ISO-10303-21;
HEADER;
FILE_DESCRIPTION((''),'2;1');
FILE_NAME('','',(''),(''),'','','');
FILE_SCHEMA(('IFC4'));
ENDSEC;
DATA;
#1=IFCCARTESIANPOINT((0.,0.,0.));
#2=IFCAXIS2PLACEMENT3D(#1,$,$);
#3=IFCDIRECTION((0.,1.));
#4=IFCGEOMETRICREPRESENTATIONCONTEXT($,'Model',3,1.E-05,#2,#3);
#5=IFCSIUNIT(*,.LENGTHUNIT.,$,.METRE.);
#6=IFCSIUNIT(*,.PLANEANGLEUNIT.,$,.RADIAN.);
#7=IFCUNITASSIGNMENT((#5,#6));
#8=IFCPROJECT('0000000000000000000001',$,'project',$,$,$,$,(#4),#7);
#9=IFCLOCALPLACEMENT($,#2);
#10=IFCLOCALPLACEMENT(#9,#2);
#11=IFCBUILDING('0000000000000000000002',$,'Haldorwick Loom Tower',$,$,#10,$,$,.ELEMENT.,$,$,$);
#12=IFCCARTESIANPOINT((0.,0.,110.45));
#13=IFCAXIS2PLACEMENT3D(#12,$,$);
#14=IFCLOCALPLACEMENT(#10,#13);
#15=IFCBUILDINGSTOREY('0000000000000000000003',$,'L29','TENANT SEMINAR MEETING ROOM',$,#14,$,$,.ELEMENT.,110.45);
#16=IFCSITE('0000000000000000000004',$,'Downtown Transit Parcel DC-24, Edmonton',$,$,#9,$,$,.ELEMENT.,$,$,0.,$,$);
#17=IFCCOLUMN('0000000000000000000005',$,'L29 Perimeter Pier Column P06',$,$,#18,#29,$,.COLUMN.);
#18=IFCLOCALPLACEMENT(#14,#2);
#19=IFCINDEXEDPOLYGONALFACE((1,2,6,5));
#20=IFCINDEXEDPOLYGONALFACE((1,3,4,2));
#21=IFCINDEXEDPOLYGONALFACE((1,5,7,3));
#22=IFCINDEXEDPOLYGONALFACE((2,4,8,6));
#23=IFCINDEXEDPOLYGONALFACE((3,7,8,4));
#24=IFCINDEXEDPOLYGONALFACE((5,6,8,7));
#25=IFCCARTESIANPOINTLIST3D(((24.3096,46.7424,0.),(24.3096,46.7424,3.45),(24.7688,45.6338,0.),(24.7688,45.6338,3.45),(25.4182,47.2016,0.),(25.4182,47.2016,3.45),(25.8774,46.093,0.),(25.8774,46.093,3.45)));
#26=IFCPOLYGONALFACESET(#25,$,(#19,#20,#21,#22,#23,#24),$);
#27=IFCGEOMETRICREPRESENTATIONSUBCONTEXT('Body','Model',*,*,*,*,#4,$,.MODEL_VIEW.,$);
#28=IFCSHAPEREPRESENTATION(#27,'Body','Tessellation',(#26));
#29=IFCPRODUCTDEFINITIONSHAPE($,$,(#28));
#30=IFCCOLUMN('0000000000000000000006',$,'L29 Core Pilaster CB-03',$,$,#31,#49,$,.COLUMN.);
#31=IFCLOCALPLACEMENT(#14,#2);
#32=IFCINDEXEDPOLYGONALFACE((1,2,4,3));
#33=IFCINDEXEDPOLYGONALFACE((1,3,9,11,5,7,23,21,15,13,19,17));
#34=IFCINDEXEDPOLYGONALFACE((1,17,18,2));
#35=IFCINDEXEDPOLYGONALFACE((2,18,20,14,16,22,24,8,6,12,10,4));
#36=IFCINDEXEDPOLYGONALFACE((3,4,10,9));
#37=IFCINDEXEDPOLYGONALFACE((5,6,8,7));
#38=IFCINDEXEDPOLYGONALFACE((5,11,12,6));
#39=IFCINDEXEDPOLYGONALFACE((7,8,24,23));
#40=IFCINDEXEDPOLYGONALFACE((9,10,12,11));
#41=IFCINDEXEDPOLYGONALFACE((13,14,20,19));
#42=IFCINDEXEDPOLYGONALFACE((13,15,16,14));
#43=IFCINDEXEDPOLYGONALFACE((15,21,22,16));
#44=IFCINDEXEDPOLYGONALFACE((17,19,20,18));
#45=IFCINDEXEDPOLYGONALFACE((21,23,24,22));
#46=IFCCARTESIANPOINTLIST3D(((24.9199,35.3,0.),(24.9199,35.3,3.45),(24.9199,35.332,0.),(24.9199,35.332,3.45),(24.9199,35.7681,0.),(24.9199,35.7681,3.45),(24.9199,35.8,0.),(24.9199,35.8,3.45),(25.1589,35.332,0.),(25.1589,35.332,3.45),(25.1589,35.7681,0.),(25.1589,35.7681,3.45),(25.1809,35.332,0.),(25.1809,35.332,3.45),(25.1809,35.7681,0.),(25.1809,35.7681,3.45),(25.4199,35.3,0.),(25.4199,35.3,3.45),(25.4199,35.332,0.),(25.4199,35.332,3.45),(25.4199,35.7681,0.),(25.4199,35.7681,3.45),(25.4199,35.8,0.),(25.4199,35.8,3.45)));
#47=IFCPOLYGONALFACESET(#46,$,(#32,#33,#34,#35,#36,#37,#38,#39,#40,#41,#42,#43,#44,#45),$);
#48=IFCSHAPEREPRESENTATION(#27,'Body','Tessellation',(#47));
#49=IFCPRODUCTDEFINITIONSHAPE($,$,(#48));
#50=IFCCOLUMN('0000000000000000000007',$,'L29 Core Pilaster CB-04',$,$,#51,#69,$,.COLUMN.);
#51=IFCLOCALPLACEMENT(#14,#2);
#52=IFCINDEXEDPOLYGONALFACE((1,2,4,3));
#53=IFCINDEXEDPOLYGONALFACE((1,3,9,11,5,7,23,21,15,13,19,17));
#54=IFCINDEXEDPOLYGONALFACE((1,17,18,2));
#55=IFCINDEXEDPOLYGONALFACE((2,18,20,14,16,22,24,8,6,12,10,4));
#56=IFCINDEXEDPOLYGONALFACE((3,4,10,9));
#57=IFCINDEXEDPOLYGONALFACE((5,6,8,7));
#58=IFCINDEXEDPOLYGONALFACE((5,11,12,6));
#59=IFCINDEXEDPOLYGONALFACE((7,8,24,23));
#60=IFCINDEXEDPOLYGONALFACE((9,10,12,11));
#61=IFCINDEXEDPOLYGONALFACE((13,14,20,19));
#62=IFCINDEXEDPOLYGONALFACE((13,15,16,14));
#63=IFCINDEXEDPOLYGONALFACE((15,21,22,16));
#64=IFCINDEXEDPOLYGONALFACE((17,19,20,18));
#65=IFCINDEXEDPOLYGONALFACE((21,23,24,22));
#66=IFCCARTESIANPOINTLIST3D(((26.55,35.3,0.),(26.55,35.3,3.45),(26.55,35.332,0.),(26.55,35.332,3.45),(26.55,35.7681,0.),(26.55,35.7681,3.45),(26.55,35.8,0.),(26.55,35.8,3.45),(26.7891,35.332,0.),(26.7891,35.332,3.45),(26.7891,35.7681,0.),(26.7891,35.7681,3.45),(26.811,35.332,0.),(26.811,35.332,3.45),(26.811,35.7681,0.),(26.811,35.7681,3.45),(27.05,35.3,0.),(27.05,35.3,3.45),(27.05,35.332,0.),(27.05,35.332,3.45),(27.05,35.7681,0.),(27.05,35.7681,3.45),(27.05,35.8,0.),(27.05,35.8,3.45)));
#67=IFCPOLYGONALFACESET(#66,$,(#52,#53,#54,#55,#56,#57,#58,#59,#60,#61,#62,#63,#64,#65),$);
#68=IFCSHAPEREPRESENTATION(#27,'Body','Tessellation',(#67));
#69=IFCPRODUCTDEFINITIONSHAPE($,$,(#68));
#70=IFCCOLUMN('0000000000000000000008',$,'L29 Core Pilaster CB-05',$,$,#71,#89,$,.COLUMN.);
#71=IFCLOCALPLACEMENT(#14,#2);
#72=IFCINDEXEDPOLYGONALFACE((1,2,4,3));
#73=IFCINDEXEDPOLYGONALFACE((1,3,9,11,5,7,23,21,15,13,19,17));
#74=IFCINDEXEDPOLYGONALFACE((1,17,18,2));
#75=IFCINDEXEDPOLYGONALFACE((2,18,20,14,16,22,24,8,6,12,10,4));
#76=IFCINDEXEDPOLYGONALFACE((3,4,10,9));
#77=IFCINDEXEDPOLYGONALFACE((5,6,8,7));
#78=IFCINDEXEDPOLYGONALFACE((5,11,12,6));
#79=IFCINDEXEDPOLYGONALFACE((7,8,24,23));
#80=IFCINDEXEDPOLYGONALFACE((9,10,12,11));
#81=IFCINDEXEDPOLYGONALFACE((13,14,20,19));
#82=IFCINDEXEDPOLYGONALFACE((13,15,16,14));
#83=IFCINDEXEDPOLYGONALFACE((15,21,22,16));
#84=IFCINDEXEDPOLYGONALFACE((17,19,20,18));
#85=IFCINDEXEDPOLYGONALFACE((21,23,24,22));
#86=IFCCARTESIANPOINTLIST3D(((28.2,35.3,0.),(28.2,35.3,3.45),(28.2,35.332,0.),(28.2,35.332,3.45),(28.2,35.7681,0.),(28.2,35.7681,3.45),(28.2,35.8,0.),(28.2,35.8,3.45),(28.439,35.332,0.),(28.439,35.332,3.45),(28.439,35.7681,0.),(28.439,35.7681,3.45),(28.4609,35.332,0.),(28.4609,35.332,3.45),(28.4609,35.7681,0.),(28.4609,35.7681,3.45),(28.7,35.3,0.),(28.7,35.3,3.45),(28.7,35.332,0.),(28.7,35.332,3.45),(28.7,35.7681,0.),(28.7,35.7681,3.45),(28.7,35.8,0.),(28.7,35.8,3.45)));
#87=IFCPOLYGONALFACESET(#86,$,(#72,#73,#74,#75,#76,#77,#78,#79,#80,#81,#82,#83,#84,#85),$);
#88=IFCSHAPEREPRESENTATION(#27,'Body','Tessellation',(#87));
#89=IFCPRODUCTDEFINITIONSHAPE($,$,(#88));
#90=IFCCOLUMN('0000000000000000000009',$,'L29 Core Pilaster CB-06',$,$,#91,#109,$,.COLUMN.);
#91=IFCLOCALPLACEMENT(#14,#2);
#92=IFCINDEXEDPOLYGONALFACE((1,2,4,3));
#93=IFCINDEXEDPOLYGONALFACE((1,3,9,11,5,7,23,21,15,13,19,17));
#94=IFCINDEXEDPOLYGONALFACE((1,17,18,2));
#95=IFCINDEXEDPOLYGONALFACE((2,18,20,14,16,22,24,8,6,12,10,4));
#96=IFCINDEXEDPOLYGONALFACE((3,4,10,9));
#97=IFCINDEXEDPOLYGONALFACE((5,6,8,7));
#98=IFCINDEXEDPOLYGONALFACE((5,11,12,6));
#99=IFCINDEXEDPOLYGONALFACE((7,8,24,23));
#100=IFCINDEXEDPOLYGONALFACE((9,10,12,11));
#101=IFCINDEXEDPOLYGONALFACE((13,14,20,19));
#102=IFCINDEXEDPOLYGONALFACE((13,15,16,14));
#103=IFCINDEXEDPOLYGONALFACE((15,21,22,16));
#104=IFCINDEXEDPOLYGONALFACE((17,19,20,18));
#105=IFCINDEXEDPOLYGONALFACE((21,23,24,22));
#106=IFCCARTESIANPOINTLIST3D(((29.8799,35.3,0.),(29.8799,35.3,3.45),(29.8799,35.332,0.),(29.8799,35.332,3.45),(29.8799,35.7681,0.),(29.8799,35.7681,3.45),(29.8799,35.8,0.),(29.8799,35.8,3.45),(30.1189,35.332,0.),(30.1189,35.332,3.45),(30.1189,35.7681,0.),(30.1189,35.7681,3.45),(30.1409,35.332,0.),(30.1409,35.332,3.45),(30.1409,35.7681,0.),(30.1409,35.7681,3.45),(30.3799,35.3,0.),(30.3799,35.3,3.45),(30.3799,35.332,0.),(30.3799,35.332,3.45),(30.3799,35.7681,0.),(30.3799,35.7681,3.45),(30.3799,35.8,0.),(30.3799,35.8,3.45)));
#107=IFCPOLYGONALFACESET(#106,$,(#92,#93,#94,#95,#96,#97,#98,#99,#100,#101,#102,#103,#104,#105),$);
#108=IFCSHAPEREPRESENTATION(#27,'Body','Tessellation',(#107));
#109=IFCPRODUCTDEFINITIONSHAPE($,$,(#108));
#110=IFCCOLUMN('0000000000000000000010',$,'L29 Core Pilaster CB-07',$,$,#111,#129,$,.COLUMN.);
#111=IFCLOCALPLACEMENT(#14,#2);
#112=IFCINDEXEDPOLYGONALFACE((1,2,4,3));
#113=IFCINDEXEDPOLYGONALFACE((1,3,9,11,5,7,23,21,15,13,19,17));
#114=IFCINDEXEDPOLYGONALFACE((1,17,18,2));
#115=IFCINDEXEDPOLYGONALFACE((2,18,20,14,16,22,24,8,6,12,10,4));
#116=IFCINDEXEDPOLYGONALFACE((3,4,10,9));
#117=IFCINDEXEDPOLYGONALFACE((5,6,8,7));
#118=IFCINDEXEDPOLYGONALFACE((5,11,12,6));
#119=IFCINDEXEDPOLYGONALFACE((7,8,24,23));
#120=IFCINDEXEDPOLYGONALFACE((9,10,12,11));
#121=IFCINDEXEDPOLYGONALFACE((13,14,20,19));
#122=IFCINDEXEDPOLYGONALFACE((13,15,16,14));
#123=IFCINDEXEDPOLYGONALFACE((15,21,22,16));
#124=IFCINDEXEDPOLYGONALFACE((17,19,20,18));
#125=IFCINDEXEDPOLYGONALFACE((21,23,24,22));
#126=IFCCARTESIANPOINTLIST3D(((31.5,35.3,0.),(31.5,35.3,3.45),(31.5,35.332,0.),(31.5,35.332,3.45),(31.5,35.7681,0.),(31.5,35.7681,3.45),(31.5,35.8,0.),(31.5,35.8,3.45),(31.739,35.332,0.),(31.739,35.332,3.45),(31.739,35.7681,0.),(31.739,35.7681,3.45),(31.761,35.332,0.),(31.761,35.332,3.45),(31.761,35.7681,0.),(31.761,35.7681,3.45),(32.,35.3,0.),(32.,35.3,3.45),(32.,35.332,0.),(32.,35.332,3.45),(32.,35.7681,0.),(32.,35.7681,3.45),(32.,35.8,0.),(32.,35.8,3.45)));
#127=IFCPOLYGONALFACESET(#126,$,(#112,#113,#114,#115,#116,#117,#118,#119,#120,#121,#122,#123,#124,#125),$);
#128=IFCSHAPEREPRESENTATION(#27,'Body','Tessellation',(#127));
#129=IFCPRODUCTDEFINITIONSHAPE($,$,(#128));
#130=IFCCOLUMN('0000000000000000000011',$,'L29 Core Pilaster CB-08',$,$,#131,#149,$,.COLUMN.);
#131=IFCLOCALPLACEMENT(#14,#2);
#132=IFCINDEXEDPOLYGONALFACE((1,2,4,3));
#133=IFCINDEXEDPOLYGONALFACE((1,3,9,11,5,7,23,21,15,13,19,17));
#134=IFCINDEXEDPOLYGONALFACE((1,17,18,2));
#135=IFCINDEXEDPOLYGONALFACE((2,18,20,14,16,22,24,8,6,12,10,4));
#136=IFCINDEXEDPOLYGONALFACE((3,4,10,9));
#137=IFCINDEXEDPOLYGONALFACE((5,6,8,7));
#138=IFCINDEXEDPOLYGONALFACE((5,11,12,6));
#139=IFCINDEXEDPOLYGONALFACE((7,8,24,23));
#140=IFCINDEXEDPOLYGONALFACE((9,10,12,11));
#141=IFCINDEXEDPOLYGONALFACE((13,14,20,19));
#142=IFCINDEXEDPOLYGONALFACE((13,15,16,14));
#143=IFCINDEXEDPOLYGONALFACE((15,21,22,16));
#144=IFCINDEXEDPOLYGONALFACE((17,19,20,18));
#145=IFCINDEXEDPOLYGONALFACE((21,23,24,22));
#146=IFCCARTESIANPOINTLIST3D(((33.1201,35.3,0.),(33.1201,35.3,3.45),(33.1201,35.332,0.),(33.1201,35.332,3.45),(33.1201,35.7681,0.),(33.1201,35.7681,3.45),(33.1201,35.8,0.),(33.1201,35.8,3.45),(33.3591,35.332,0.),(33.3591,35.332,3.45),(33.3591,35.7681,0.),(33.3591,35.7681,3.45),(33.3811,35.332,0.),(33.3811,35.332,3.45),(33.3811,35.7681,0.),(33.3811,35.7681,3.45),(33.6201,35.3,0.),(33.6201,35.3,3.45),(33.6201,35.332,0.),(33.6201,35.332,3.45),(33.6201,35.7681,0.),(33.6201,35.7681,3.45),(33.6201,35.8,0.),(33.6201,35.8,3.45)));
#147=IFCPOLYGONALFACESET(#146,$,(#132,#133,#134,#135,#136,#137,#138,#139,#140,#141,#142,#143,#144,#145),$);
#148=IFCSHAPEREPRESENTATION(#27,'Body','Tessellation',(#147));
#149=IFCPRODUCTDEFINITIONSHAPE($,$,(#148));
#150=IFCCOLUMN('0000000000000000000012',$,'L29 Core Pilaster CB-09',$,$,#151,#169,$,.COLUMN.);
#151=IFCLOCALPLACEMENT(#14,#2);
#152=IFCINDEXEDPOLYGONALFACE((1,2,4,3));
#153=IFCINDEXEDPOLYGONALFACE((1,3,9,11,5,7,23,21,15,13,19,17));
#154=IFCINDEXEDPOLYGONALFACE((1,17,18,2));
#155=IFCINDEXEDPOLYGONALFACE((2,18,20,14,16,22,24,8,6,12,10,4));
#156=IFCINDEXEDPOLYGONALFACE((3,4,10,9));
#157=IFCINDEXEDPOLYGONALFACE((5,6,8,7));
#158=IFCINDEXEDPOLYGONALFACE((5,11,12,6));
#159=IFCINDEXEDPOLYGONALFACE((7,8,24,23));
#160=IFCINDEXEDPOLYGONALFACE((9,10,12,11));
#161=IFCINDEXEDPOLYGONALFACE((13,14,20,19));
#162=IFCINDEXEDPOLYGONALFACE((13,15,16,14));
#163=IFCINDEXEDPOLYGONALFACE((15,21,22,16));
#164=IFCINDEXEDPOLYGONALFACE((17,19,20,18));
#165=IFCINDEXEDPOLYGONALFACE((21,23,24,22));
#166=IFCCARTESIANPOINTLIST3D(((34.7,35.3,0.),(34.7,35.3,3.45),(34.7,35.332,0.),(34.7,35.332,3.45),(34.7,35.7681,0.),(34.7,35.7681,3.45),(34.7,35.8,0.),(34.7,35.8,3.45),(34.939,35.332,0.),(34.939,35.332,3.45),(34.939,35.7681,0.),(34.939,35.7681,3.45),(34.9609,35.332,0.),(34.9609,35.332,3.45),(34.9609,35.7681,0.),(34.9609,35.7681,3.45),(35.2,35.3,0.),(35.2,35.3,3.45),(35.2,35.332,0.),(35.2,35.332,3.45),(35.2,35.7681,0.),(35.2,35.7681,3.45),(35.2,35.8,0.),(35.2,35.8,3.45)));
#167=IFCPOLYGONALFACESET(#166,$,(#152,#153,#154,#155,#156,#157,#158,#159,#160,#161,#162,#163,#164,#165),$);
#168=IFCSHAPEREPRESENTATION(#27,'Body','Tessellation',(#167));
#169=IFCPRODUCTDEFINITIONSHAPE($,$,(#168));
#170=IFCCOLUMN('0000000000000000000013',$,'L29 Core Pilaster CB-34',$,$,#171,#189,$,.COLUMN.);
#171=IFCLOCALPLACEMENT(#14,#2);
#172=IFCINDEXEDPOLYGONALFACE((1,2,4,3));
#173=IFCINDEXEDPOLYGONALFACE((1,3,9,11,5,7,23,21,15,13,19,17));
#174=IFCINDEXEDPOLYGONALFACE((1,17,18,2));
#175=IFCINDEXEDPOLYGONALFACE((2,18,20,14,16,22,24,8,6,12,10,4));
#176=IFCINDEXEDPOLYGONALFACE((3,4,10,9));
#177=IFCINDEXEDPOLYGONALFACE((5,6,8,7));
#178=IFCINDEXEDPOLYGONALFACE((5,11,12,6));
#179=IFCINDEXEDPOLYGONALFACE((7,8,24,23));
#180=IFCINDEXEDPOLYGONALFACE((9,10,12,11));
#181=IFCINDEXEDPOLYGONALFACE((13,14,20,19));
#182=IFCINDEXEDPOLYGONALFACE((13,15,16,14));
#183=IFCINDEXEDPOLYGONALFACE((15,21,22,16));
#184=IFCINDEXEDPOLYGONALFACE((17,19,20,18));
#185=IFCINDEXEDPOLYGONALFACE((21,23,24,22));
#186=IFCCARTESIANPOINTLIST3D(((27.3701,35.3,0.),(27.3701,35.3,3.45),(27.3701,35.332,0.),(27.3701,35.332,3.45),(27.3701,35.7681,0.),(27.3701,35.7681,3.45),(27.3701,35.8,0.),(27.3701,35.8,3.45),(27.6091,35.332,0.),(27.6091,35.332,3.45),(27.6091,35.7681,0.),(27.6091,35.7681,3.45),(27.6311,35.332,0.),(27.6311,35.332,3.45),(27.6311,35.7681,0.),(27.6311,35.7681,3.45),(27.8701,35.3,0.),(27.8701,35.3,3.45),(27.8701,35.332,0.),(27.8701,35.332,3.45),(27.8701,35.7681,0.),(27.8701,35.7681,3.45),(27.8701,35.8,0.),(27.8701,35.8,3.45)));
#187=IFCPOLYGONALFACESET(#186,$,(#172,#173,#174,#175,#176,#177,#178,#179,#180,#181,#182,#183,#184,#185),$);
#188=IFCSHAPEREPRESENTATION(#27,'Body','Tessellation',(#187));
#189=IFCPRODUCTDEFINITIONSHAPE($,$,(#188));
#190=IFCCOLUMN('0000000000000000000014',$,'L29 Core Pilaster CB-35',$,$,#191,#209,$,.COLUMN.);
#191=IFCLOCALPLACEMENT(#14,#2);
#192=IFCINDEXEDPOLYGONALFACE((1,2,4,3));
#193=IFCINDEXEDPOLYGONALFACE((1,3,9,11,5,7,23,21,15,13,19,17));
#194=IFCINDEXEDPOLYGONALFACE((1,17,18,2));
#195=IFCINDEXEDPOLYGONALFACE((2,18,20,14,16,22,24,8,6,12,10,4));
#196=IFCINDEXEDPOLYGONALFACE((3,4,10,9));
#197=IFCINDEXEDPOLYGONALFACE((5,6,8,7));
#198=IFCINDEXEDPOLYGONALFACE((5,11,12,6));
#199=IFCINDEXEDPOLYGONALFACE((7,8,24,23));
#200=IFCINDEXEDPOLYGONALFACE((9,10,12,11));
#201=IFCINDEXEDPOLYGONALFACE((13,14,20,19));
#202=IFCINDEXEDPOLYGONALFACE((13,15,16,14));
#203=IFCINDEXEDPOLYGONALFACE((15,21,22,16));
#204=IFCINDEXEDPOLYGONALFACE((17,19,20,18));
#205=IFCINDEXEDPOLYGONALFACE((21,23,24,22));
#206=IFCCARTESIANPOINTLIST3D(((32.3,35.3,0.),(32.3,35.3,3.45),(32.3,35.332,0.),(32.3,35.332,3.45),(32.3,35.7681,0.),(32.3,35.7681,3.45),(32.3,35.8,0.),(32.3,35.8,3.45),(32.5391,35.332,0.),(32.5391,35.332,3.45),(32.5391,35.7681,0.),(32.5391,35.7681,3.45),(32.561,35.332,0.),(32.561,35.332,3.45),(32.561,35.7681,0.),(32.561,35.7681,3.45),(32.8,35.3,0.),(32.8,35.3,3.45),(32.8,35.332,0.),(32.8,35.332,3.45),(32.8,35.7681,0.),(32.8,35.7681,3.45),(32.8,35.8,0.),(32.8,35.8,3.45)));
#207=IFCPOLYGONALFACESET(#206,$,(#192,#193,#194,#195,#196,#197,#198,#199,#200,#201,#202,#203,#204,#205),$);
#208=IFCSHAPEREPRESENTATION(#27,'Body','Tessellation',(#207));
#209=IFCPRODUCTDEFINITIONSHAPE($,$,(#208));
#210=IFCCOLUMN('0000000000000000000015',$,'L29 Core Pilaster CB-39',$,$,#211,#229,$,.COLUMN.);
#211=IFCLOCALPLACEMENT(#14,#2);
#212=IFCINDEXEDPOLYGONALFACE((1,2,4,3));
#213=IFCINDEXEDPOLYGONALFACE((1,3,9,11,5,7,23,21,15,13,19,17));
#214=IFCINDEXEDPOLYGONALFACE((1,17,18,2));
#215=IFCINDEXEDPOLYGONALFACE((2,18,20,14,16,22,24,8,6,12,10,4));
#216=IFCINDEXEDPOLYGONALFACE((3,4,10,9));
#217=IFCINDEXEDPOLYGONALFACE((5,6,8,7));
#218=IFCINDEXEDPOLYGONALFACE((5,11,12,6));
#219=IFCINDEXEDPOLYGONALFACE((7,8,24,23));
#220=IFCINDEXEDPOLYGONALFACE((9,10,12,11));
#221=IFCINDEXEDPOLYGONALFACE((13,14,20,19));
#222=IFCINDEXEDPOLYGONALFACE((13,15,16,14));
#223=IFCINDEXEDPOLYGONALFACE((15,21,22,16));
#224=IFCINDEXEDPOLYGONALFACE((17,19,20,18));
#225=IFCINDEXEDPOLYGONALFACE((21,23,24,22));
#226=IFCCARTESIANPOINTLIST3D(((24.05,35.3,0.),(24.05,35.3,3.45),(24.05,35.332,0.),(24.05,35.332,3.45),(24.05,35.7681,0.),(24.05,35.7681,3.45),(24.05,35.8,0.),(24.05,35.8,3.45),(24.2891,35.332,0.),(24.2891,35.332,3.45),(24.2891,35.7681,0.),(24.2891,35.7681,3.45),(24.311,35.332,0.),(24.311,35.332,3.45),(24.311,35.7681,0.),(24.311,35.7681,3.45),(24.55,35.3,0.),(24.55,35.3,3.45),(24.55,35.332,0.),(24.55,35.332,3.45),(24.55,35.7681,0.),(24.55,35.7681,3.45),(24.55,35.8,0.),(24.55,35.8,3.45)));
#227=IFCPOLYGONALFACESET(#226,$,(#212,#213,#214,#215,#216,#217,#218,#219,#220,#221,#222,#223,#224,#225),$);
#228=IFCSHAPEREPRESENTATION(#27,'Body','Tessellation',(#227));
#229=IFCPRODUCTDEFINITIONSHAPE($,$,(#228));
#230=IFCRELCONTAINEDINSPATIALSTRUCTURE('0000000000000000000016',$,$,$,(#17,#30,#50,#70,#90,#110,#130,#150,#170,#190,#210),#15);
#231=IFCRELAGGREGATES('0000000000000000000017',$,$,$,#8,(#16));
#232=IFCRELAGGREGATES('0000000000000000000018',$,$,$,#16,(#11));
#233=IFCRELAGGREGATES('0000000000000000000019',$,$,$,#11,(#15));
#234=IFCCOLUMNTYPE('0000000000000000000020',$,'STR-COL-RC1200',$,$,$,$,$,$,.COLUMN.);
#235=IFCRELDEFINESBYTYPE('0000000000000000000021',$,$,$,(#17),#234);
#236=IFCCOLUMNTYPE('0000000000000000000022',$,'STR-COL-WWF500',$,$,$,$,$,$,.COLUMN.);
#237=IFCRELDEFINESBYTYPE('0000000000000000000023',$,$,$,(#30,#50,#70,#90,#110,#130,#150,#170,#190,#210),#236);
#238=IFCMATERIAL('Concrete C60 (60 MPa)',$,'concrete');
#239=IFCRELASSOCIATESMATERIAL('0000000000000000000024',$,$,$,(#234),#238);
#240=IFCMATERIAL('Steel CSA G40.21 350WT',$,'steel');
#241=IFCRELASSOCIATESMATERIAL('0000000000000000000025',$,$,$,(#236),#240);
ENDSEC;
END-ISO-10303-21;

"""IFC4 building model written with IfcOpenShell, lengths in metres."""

from ifc_helpers import new_model, si_unit, direction, frame, origin, origin_2d, place, context, subcontext, project, spatial, rectangle, i_section, extrude, material, material_profile, profile_set, type_object, element, save


model = new_model("IFC4")

# Units and contexts
model_context = context("Model", 3, precision=1e-05, world=origin(), true_north=direction((0.0, 1.0)))
body_context = subcontext(model_context, "Body", "Model", "MODEL_VIEW")
ifc_project = project(units=[si_unit("LENGTHUNIT", "METRE"), si_unit("PLANEANGLEUNIT", "RADIAN")], contexts=[model_context])

# Site, building, storey
site_placement = place(None, origin())
site = spatial("IfcSite", under=ifc_project, at=site_placement, Name="Downtown Transit Parcel DC-24, Edmonton", CompositionType="ELEMENT", RefElevation=0.0)
building_placement = place(site_placement, origin())
building = spatial("IfcBuilding", under=site, at=building_placement, Name="Haldorwick Loom Tower", CompositionType="ELEMENT")
storey_placement = place(building_placement, frame((0.0, 0.0, 110.45)))
storey = spatial("IfcBuildingStorey", under=building, at=storey_placement, Name="L29", Description="TENANT SEMINAR MEETING ROOM", CompositionType="ELEMENT", Elevation=110.45)

# Columns
ifc_material_1 = material(Name="Concrete C60 (60 MPa)", Category="concrete")
ifc_material_profile_1 = material_profile(ifc_material_1, rectangle(XDim=1.2, YDim=1.2, at=origin_2d()), Name="RC1200X1200", Category="concrete")
ifc_profile_set_1 = profile_set([ifc_material_profile_1], Name="Concrete C60 (60 MPa)")
column_type_1 = type_object("IfcColumnType", Name="STR-COL-RC1200", PredefinedType="COLUMN", material=ifc_profile_set_1)
column_placement = place(storey_placement, frame((25.0935, 46.4177, 0.0), z_axis=(0.0, 0.0, 1.0), x_axis=(-0.382683, 0.92388, 0.0)))
element("IfcColumn", 1, at=column_placement, inside=storey, type_object=column_type_1, Name="L29 Perimeter Pier Column P06", PredefinedType="COLUMN", context=body_context, shape_type="SweptSolid", body=[
    extrude(rectangle(XDim=1.2, YDim=1.2, at=origin_2d()), origin(), (0.0, 0.0, 1.0), 3.45),
])
ifc_material_2 = material(Name="Steel CSA G40.21 350WT", Category="steel")
ifc_material_profile_2 = material_profile(ifc_material_2, i_section(OverallWidth=0.5, OverallDepth=0.5, WebThickness=0.022, FlangeThickness=0.032, at=origin_2d()), Name="WWF500X500", Category="steel")
ifc_profile_set_2 = profile_set([ifc_material_profile_2], Name="Steel CSA G40.21 350WT")
column_type_2 = type_object("IfcColumnType", Name="STR-COL-WWF500", PredefinedType="COLUMN", material=ifc_profile_set_2)
for number, where, z_axis, x_axis, name in (
    (2, (25.1699, 35.55, 0.0), (0.0, 0.0, 1.0), (1.0, 0.0, 0.0), "L29 Core Pilaster CB-03"),
    (3, (26.8, 35.55, 0.0), (0.0, 0.0, 1.0), (1.0, 0.0, 0.0), "L29 Core Pilaster CB-04"),
    (4, (28.45, 35.55, 0.0), (0.0, 0.0, 1.0), (1.0, 0.0, 0.0), "L29 Core Pilaster CB-05"),
    (5, (30.1299, 35.55, 0.0), (0.0, 0.0, 1.0), (1.0, 0.0, 0.0), "L29 Core Pilaster CB-06"),
    (6, (31.75, 35.55, 0.0), (0.0, 0.0, 1.0), (1.0, 0.0, 0.0), "L29 Core Pilaster CB-07"),
    (7, (33.3701, 35.55, 0.0), (0.0, 0.0, 1.0), (1.0, 0.0, 0.0), "L29 Core Pilaster CB-08"),
    (8, (34.95, 35.55, 0.0), (0.0, 0.0, 1.0), (1.0, 0.0, 0.0), "L29 Core Pilaster CB-09"),
    (9, (27.6201, 35.55, 0.0), (0.0, 0.0, 1.0), (1.0, 0.0, 0.0), "L29 Core Pilaster CB-34"),
    (10, (32.55, 35.55, 0.0), (0.0, 0.0, 1.0), (1.0, 0.0, 0.0), "L29 Core Pilaster CB-35"),
    (11, (24.3, 35.55, 0.0), (0.0, 0.0, 1.0), (1.0, 0.0, 0.0), "L29 Core Pilaster CB-39"),
):
    element("IfcColumn", number, at=place(storey_placement, frame(where, z_axis=z_axis, x_axis=x_axis)), inside=storey, type_object=column_type_2, Name=name, PredefinedType="COLUMN", context=body_context, shape_type="SweptSolid", body=[
        extrude(i_section(OverallWidth=0.5, OverallDepth=0.5, WebThickness=0.022, FlangeThickness=0.032, at=origin_2d()), origin(), (0.0, 0.0, 1.0), 3.45),
    ])

save(model, "model.ifc")
